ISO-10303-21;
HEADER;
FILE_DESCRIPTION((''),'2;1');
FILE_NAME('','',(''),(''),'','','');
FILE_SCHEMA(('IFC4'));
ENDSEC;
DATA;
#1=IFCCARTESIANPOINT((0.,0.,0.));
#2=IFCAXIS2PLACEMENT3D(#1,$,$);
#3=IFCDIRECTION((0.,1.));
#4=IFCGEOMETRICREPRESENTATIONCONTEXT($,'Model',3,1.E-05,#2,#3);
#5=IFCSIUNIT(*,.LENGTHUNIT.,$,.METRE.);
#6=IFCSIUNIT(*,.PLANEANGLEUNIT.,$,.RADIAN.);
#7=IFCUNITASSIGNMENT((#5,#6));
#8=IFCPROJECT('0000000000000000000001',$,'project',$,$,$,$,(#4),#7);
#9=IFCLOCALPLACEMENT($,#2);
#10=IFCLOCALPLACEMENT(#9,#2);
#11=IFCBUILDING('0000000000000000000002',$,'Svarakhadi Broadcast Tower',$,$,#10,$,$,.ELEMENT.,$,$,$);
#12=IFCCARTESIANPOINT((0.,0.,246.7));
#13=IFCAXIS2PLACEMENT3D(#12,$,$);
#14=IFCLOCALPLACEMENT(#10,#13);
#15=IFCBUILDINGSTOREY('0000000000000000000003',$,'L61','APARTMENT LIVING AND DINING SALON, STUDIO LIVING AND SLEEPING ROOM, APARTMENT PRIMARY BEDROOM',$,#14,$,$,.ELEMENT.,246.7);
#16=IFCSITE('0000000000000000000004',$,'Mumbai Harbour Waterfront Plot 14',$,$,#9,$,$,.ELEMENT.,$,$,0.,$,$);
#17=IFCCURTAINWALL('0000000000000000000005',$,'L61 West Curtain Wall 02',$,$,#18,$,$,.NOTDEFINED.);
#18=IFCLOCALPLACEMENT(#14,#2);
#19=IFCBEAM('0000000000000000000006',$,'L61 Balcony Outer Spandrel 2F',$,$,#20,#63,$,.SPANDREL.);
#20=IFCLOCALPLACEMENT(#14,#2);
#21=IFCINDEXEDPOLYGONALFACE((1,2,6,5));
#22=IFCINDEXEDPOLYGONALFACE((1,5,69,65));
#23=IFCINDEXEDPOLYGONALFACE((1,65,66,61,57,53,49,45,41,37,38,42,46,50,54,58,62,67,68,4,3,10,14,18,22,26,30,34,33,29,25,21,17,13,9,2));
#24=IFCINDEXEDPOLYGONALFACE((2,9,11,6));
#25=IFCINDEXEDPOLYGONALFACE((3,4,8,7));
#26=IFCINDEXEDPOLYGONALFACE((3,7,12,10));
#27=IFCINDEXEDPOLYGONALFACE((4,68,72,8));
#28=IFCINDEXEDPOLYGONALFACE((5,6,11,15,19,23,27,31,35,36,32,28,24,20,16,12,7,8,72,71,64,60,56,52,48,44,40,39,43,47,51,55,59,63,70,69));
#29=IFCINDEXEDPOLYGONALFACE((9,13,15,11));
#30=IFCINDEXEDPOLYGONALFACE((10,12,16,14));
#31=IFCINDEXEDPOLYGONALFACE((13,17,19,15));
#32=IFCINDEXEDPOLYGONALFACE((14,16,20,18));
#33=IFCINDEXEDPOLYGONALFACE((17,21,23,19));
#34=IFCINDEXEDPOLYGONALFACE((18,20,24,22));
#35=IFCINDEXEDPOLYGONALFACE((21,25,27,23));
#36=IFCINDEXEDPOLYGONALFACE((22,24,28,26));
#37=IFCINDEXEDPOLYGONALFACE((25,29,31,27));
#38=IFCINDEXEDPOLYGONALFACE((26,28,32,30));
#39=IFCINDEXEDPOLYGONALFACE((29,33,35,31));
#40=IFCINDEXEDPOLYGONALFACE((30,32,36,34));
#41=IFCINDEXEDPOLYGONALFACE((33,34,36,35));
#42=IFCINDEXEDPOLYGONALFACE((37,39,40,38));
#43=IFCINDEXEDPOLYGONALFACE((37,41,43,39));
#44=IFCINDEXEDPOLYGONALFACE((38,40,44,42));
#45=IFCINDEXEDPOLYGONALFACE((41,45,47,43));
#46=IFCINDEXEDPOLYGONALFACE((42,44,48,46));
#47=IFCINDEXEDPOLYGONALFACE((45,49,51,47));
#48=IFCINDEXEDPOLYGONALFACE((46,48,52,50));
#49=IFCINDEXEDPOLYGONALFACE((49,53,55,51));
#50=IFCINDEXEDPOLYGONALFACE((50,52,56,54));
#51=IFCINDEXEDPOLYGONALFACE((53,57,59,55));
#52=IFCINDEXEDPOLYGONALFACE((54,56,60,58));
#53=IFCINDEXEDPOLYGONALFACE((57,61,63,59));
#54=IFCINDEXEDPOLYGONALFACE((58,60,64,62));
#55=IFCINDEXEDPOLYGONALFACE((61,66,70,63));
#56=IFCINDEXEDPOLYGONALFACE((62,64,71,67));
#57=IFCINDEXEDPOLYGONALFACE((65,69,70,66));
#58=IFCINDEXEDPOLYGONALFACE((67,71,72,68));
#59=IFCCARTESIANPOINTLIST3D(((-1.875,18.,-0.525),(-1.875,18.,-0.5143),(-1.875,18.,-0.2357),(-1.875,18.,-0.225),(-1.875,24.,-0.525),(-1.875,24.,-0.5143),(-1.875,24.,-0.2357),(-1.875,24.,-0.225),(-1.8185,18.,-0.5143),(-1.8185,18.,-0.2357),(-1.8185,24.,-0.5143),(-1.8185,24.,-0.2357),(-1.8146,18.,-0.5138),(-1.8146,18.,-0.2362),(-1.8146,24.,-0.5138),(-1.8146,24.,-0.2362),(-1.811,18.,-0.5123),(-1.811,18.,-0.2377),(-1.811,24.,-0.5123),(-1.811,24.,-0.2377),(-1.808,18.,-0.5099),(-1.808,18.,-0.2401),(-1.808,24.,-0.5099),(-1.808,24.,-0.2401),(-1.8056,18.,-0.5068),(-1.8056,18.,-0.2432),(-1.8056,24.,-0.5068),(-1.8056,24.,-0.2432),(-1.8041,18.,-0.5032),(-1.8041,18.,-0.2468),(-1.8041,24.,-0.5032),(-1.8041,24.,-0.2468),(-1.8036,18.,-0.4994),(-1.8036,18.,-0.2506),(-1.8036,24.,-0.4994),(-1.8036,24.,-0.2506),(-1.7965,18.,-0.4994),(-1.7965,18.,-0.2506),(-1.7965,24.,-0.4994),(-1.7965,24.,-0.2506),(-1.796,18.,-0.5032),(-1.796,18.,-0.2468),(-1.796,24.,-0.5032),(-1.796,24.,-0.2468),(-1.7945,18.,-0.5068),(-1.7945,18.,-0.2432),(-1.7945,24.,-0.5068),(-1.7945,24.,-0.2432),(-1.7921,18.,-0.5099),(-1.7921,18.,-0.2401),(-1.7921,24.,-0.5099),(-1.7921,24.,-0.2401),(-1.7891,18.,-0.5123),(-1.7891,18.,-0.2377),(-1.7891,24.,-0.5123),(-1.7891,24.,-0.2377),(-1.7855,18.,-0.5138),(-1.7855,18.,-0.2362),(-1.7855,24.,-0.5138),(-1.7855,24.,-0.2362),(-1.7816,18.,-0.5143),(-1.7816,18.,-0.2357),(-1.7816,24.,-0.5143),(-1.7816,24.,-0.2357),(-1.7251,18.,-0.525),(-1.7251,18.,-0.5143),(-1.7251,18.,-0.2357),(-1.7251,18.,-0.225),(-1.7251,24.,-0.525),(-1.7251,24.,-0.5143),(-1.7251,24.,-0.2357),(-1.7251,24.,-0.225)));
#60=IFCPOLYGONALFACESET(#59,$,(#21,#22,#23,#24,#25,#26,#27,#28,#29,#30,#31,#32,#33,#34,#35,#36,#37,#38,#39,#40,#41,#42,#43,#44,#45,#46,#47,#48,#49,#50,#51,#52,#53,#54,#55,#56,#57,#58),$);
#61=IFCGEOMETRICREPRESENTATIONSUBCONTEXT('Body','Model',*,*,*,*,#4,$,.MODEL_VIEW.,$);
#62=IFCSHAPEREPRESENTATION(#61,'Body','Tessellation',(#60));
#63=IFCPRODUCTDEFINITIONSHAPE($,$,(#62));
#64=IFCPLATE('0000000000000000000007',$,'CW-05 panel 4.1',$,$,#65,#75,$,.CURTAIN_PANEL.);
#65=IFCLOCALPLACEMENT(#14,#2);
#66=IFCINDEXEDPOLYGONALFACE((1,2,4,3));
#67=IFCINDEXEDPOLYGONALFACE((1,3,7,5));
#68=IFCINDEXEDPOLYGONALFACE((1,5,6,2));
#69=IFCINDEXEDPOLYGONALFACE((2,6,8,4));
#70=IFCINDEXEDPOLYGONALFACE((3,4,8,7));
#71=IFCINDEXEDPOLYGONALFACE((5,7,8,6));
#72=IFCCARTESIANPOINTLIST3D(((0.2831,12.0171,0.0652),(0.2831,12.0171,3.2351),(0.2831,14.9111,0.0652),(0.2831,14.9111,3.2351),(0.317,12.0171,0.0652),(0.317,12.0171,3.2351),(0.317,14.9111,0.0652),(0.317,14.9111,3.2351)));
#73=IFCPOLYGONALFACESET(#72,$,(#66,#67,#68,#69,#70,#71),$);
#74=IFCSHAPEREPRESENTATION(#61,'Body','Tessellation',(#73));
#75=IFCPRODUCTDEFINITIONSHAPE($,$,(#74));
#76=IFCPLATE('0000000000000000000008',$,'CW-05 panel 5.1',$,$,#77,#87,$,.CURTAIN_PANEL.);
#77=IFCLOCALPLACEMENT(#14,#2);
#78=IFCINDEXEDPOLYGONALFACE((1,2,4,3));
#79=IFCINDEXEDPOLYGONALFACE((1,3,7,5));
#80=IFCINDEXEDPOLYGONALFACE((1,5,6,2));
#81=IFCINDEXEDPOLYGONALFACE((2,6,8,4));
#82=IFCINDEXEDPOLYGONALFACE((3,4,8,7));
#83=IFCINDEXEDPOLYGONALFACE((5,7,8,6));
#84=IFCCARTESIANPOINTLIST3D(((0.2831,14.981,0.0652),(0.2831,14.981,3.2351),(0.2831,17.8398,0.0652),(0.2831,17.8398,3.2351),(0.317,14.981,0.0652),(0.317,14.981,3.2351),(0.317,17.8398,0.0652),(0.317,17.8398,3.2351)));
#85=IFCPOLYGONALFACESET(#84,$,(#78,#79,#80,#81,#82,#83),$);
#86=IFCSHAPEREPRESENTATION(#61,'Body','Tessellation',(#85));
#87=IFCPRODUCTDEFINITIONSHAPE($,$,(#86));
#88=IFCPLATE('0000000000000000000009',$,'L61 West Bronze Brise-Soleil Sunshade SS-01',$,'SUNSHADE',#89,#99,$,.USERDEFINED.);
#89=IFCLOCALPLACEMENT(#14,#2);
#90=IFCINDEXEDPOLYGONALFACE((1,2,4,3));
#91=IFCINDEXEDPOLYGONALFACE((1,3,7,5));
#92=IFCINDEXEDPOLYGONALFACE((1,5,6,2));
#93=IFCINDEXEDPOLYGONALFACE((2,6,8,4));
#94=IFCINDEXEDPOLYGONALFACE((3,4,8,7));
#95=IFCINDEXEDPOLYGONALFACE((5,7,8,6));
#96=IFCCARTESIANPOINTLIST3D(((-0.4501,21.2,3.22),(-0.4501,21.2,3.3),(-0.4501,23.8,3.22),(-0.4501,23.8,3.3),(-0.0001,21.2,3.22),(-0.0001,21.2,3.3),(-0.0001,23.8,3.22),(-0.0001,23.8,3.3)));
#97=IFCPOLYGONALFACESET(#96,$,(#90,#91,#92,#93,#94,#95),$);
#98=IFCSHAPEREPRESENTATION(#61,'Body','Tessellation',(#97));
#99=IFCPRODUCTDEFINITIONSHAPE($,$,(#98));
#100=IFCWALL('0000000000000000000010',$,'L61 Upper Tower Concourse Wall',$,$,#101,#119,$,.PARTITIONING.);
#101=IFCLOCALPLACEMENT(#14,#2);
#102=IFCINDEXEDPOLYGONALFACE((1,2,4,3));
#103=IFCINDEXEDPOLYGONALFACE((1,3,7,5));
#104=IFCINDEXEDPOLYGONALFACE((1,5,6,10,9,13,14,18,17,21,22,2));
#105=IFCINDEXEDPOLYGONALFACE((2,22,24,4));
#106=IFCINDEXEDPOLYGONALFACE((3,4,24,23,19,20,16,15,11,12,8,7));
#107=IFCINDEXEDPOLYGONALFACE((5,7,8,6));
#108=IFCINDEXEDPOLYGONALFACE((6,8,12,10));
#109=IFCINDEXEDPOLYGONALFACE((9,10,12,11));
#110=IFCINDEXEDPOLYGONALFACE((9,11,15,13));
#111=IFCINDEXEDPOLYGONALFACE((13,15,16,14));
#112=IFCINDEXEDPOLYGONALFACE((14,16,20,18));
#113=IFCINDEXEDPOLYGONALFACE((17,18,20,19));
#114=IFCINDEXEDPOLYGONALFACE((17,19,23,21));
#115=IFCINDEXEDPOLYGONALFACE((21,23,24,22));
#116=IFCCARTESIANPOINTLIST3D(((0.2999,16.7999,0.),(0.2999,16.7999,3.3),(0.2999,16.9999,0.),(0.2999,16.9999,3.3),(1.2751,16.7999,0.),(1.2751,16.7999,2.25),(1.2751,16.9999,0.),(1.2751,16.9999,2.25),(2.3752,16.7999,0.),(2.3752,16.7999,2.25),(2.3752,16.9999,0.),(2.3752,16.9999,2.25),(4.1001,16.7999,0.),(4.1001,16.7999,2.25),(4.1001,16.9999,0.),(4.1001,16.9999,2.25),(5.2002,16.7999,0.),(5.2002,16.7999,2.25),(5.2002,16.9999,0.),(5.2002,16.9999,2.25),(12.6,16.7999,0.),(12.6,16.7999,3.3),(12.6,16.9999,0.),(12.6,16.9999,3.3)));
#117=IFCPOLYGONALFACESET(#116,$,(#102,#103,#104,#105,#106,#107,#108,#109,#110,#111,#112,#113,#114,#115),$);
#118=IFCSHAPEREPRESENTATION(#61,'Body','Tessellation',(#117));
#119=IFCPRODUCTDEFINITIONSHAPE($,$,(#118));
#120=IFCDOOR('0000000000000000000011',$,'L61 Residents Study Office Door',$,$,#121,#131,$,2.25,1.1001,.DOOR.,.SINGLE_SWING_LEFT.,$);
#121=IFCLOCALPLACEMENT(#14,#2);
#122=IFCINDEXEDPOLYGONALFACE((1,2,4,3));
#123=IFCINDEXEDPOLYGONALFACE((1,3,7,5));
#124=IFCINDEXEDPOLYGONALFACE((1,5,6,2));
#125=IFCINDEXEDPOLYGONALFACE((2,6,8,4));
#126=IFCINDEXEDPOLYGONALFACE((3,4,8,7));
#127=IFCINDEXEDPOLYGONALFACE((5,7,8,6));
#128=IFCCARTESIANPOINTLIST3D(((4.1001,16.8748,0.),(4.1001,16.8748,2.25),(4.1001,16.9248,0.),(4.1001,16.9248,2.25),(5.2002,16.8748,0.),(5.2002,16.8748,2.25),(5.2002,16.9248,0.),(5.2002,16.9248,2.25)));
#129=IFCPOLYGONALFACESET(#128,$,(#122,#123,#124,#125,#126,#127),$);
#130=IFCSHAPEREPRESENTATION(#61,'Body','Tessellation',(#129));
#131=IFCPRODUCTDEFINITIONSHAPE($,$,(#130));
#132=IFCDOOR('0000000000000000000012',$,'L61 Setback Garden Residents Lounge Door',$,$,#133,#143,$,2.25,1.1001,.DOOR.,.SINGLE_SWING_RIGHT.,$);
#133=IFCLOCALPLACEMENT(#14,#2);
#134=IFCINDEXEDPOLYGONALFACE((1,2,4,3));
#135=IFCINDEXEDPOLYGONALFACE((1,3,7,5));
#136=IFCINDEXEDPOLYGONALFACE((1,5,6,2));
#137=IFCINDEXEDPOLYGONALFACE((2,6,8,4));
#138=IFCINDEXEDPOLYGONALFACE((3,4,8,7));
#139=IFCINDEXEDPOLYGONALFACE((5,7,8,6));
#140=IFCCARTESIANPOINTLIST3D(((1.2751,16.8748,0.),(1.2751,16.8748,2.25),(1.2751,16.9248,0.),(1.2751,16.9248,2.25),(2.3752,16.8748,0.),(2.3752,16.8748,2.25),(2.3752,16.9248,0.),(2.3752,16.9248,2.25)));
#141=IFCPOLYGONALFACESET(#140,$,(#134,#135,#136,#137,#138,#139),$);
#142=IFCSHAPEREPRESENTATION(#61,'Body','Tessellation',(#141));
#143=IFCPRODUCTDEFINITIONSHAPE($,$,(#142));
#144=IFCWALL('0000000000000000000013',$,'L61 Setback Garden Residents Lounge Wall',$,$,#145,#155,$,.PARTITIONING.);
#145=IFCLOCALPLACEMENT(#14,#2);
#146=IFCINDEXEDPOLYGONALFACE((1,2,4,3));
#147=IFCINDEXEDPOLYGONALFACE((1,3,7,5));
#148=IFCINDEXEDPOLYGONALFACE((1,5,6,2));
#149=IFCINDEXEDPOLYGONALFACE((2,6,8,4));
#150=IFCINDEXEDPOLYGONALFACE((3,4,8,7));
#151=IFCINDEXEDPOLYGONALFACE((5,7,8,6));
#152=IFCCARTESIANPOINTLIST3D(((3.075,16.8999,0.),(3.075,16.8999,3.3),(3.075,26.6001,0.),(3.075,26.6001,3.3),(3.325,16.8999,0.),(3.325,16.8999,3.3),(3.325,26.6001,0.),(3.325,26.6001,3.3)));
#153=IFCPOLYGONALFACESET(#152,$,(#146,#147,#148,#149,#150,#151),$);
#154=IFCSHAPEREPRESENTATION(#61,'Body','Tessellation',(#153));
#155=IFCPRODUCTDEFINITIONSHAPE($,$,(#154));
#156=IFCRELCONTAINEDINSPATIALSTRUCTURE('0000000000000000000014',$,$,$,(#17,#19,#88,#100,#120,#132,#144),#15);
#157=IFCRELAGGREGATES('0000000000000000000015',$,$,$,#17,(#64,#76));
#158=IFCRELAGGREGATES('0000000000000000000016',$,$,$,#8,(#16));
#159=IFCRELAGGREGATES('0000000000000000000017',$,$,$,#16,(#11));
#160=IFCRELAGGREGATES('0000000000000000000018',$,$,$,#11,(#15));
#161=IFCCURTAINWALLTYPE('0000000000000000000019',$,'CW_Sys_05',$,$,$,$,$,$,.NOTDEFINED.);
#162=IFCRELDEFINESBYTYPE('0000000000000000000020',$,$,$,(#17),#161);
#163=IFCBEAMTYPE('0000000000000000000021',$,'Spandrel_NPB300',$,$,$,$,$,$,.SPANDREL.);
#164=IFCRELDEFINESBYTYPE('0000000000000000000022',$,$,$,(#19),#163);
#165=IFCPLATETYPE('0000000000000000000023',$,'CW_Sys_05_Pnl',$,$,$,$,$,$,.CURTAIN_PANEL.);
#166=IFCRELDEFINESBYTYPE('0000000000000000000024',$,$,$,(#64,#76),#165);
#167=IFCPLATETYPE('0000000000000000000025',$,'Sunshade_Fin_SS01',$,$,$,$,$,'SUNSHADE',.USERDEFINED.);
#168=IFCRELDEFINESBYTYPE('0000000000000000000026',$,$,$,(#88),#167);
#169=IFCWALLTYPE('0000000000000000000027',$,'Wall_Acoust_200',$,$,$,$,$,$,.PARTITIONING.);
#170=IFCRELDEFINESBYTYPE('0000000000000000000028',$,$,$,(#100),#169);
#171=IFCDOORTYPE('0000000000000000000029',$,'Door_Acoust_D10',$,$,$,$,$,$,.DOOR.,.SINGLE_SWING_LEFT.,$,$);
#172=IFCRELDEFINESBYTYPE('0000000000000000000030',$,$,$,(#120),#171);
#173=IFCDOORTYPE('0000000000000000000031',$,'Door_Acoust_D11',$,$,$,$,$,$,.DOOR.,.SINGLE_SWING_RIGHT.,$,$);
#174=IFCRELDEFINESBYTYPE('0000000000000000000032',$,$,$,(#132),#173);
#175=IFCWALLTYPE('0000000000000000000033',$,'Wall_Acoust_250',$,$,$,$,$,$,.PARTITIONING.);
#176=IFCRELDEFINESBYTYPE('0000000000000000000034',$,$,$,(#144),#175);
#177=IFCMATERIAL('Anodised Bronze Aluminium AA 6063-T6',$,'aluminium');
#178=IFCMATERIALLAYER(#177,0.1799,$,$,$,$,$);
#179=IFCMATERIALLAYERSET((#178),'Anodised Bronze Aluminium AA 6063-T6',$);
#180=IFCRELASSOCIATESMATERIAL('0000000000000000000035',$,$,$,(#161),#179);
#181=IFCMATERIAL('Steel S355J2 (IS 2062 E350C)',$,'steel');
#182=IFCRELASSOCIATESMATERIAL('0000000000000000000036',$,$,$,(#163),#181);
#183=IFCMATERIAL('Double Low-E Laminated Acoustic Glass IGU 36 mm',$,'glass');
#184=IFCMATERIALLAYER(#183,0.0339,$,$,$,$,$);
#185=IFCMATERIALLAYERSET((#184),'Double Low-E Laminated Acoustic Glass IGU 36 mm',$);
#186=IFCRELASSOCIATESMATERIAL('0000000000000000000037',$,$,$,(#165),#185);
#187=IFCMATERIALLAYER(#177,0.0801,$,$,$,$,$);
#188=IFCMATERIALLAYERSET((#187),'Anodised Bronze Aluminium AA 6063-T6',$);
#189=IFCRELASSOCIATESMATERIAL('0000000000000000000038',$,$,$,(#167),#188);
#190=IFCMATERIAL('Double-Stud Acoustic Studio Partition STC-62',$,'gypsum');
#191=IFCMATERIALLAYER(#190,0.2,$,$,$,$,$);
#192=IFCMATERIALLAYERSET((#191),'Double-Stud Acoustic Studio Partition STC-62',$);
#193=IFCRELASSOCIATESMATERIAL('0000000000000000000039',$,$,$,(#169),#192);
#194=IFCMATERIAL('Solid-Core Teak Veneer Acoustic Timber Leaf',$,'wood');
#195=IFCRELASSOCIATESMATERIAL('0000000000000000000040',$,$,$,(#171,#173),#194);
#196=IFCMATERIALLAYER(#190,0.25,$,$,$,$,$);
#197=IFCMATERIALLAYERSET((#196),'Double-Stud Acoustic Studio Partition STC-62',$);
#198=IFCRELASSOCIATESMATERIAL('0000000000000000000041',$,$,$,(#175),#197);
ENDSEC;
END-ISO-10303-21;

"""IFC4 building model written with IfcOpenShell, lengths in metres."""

from ifc_helpers import new_model, si_unit, direction, frame, frame_2d, origin, origin_2d, place, context, subcontext, project, spatial, rectangle, i_section, extrude, material, layer, layer_set, material_profile, profile_set, type_object, element, fill, aggregate, save


model = new_model("IFC4")

# Units and contexts
model_context = context("Model", 3, precision=1e-05, world=origin(), true_north=direction((0.0, 1.0)))
body_context = subcontext(model_context, "Body", "Model", "MODEL_VIEW")
ifc_project = project(units=[si_unit("LENGTHUNIT", "METRE"), si_unit("PLANEANGLEUNIT", "RADIAN")], contexts=[model_context])

# Site, building, storey
site_placement = place(None, origin())
site = spatial("IfcSite", under=ifc_project, at=site_placement, Name="Mumbai Harbour Waterfront Plot 14", CompositionType="ELEMENT", RefElevation=0.0)
building_placement = place(site_placement, origin())
building = spatial("IfcBuilding", under=site, at=building_placement, Name="Svarakhadi Broadcast Tower", CompositionType="ELEMENT")
storey_placement = place(building_placement, frame((0.0, 0.0, 246.7)))
storey = spatial("IfcBuildingStorey", under=building, at=storey_placement, Name="L61", Description="APARTMENT LIVING AND DINING SALON, STUDIO LIVING AND SLEEPING ROOM, APARTMENT PRIMARY BEDROOM", CompositionType="ELEMENT", Elevation=246.7)

# Shared definitions
ifc_material_1 = material(Name="Steel S355J2 (IS 2062 E350C)", Category="steel")

# Curtain wall
ifc_material_2 = material(Name="Anodised Bronze Aluminium AA 6063-T6", Category="aluminium")
ifc_layer_1 = layer(ifc_material_2, 0.1799)
ifc_layer_set_1 = layer_set([ifc_layer_1], Name="Anodised Bronze Aluminium AA 6063-T6")
curtain_wall_type = type_object("IfcCurtainWallType", Name="CW_Sys_05", PredefinedType="NOTDEFINED", material=ifc_layer_set_1)
curtain_wall_placement = place(storey_placement, origin())
curtain_wall = element("IfcCurtainWall", 1, at=curtain_wall_placement, inside=storey, type_object=curtain_wall_type, Name="L61 West Curtain Wall 02", PredefinedType="NOTDEFINED")

# Beam
ifc_material_profile_1 = material_profile(ifc_material_1, i_section(OverallWidth=0.1499, OverallDepth=0.3, WebThickness=0.0071, FlangeThickness=0.0107, FilletRadius=0.0149, at=origin_2d()), Name="NPB 300x150x37")
ifc_profile_set_1 = profile_set([ifc_material_profile_1], Name="Steel S355J2 (IS 2062 E350C)")
beam_type_1 = type_object("IfcBeamType", Name="Spandrel_NPB300", PredefinedType="SPANDREL", material=ifc_profile_set_1)
beam_1_placement = place(storey_placement, frame((-1.8, 18.0, -0.375), z_axis=(0.0, 1.0, 0.0), x_axis=(-1.0, 0.0, 0.0)))
element("IfcBeam", 2, at=beam_1_placement, inside=storey, type_object=beam_type_1, Name="L61 Balcony Outer Spandrel 2F", PredefinedType="SPANDREL", context=body_context, shape_type="SweptSolid", body=[
    extrude(i_section(OverallWidth=0.1499, OverallDepth=0.3, WebThickness=0.0071, FlangeThickness=0.0107, FilletRadius=0.0149, at=origin_2d()), origin(), (0.0, 0.0, 1.0), 6.0),
])

# Plates
ifc_material_3 = material(Name="Double Low-E Laminated Acoustic Glass IGU 36 mm", Category="glass")
ifc_layer_2 = layer(ifc_material_3, 0.0339)
ifc_layer_set_2 = layer_set([ifc_layer_2], Name="Double Low-E Laminated Acoustic Glass IGU 36 mm")
plate_type_1 = type_object("IfcPlateType", Name="CW_Sys_05_Pnl", PredefinedType="CURTAIN_PANEL", material=ifc_layer_set_2)
plate_1_placement = place(storey_placement, frame((0.3, 13.4641, 0.0652), z_axis=(0.0, 0.0, 1.0), x_axis=(0.0, 1.0, 0.0)))
plate_1 = element("IfcPlate", 3, at=plate_1_placement, type_object=plate_type_1, Name="CW-05 panel 4.1", PredefinedType="CURTAIN_PANEL", context=body_context, shape_type="SweptSolid", body=[
    extrude(rectangle(XDim=2.894, YDim=0.0339, at=origin_2d()), origin(), (0.0, 0.0, 1.0), 3.1699),
])
plate_2_placement = place(storey_placement, frame((0.3, 16.4104, 0.0652), z_axis=(0.0, 0.0, 1.0), x_axis=(0.0, 1.0, 0.0)))
plate_2 = element("IfcPlate", 4, at=plate_2_placement, type_object=plate_type_1, Name="CW-05 panel 5.1", PredefinedType="CURTAIN_PANEL", context=body_context, shape_type="SweptSolid", body=[
    extrude(rectangle(XDim=2.8589, YDim=0.0339, at=origin_2d()), origin(), (0.0, 0.0, 1.0), 3.1699),
])
aggregate(curtain_wall, [plate_1, plate_2])
ifc_layer_3 = layer(ifc_material_2, 0.0801)
ifc_layer_set_3 = layer_set([ifc_layer_3], Name="Anodised Bronze Aluminium AA 6063-T6")
plate_type_2 = type_object("IfcPlateType", Name="Sunshade_Fin_SS01", ElementType="SUNSHADE", PredefinedType="USERDEFINED", material=ifc_layer_set_3)
plate_3_placement = place(storey_placement, frame((-0.2251, 22.5, 3.22), z_axis=(0.0, 0.0, 1.0), x_axis=(0.0, 1.0, 0.0)))
element("IfcPlate", 5, at=plate_3_placement, inside=storey, type_object=plate_type_2, Name="L61 West Bronze Brise-Soleil Sunshade SS-01", ObjectType="SUNSHADE", PredefinedType="USERDEFINED", context=body_context, shape_type="SweptSolid", body=[
    extrude(rectangle(XDim=2.6001, YDim=0.45, at=origin_2d()), origin(), (0.0, 0.0, 1.0), 0.0801),
])

# Wall, openings, doors
ifc_material_4 = material(Name="Double-Stud Acoustic Studio Partition STC-62", Category="gypsum")
ifc_layer_4 = layer(ifc_material_4, 0.2)
ifc_layer_set_4 = layer_set([ifc_layer_4], Name="Double-Stud Acoustic Studio Partition STC-62")
wall_type_1 = type_object("IfcWallType", Name="Wall_Acoust_200", PredefinedType="PARTITIONING", material=ifc_layer_set_4)
wall_1_placement = place(storey_placement, frame((0.3, 16.8999, 0.0), z_axis=(0.0, 0.0, 1.0), x_axis=(1.0, 0.0, 0.0)))
wall_1 = element("IfcWall", 6, at=wall_1_placement, inside=storey, type_object=wall_type_1, Name="L61 Upper Tower Concourse Wall", PredefinedType="PARTITIONING", context=body_context, shape_type="SweptSolid", body=[
    extrude(rectangle(XDim=12.3, YDim=0.2, at=frame_2d((6.1499, 0.0))), origin(), (0.0, 0.0, 1.0), 3.3),
])
opening_1_placement = place(wall_1_placement, frame((0.9751, 0.0, 0.0)))
opening_1 = element("IfcOpeningElement", 7, at=opening_1_placement, cuts=wall_1, PredefinedType="OPENING", context=body_context, shape_type="SweptSolid", body=[
    extrude(rectangle(XDim=1.1001, YDim=2.25, at=frame_2d((0.55, 1.125))), frame((0.0, 0.1099, 0.0), z_axis=(0.0, -1.0, 0.0), x_axis=(1.0, 0.0, 0.0)), (0.0, 0.0, 1.0), 0.22),
])
opening_2_placement = place(wall_1_placement, frame((3.8, 0.0, 0.0)))
opening_2 = element("IfcOpeningElement", 8, at=opening_2_placement, cuts=wall_1, PredefinedType="OPENING", context=body_context, shape_type="SweptSolid", body=[
    extrude(rectangle(XDim=1.1001, YDim=2.25, at=frame_2d((0.55, 1.125))), frame((0.0, 0.1099, 0.0), z_axis=(0.0, -1.0, 0.0), x_axis=(1.0, 0.0, 0.0)), (0.0, 0.0, 1.0), 0.22),
])
ifc_material_5 = material(Name="Solid-Core Teak Veneer Acoustic Timber Leaf", Category="wood")
door_type_1 = type_object("IfcDoorType", Name="Door_Acoust_D10", OperationType="SINGLE_SWING_LEFT", PredefinedType="DOOR", material=ifc_material_5)
door_1_placement = place(opening_2_placement, origin())
door_1 = element("IfcDoor", 9, at=door_1_placement, inside=storey, type_object=door_type_1, Name="L61 Residents Study Office Door", OperationType="SINGLE_SWING_LEFT", OverallHeight=2.25, OverallWidth=1.1001, PredefinedType="DOOR", context=body_context, shape_type="SweptSolid", body=[
    extrude(rectangle(XDim=1.1001, YDim=2.25, at=frame_2d((0.55, 1.125))), frame((0.0, 0.0249, 0.0), z_axis=(0.0, -1.0, 0.0), x_axis=(1.0, 0.0, 0.0)), (0.0, 0.0, 1.0), 0.05),
])
fill(opening_2, door_1)
door_type_2 = type_object("IfcDoorType", Name="Door_Acoust_D11", OperationType="SINGLE_SWING_RIGHT", PredefinedType="DOOR", material=ifc_material_5)
door_2_placement = place(opening_1_placement, origin())
door_2 = element("IfcDoor", 10, at=door_2_placement, inside=storey, type_object=door_type_2, Name="L61 Setback Garden Residents Lounge Door", OperationType="SINGLE_SWING_RIGHT", OverallHeight=2.25, OverallWidth=1.1001, PredefinedType="DOOR", context=body_context, shape_type="SweptSolid", body=[
    extrude(rectangle(XDim=1.1001, YDim=2.25, at=frame_2d((0.55, 1.125))), frame((0.0, 0.0249, 0.0), z_axis=(0.0, -1.0, 0.0), x_axis=(1.0, 0.0, 0.0)), (0.0, 0.0, 1.0), 0.05),
])
fill(opening_1, door_2)

# Wall
ifc_layer_5 = layer(ifc_material_4, 0.25)
ifc_layer_set_5 = layer_set([ifc_layer_5], Name="Double-Stud Acoustic Studio Partition STC-62")
wall_type_2 = type_object("IfcWallType", Name="Wall_Acoust_250", PredefinedType="PARTITIONING", material=ifc_layer_set_5)
wall_2_placement = place(storey_placement, frame((3.2, 16.8999, 0.0), z_axis=(0.0, 0.0, 1.0), x_axis=(0.0, 1.0, 0.0)))
element("IfcWall", 11, at=wall_2_placement, inside=storey, type_object=wall_type_2, Name="L61 Setback Garden Residents Lounge Wall", PredefinedType="PARTITIONING", context=body_context, shape_type="SweptSolid", body=[
    extrude(rectangle(XDim=9.7002, YDim=0.25, at=frame_2d((4.8501, 0.0))), origin(), (0.0, 0.0, 1.0), 3.3),
])

save(model, "model.ifc")
